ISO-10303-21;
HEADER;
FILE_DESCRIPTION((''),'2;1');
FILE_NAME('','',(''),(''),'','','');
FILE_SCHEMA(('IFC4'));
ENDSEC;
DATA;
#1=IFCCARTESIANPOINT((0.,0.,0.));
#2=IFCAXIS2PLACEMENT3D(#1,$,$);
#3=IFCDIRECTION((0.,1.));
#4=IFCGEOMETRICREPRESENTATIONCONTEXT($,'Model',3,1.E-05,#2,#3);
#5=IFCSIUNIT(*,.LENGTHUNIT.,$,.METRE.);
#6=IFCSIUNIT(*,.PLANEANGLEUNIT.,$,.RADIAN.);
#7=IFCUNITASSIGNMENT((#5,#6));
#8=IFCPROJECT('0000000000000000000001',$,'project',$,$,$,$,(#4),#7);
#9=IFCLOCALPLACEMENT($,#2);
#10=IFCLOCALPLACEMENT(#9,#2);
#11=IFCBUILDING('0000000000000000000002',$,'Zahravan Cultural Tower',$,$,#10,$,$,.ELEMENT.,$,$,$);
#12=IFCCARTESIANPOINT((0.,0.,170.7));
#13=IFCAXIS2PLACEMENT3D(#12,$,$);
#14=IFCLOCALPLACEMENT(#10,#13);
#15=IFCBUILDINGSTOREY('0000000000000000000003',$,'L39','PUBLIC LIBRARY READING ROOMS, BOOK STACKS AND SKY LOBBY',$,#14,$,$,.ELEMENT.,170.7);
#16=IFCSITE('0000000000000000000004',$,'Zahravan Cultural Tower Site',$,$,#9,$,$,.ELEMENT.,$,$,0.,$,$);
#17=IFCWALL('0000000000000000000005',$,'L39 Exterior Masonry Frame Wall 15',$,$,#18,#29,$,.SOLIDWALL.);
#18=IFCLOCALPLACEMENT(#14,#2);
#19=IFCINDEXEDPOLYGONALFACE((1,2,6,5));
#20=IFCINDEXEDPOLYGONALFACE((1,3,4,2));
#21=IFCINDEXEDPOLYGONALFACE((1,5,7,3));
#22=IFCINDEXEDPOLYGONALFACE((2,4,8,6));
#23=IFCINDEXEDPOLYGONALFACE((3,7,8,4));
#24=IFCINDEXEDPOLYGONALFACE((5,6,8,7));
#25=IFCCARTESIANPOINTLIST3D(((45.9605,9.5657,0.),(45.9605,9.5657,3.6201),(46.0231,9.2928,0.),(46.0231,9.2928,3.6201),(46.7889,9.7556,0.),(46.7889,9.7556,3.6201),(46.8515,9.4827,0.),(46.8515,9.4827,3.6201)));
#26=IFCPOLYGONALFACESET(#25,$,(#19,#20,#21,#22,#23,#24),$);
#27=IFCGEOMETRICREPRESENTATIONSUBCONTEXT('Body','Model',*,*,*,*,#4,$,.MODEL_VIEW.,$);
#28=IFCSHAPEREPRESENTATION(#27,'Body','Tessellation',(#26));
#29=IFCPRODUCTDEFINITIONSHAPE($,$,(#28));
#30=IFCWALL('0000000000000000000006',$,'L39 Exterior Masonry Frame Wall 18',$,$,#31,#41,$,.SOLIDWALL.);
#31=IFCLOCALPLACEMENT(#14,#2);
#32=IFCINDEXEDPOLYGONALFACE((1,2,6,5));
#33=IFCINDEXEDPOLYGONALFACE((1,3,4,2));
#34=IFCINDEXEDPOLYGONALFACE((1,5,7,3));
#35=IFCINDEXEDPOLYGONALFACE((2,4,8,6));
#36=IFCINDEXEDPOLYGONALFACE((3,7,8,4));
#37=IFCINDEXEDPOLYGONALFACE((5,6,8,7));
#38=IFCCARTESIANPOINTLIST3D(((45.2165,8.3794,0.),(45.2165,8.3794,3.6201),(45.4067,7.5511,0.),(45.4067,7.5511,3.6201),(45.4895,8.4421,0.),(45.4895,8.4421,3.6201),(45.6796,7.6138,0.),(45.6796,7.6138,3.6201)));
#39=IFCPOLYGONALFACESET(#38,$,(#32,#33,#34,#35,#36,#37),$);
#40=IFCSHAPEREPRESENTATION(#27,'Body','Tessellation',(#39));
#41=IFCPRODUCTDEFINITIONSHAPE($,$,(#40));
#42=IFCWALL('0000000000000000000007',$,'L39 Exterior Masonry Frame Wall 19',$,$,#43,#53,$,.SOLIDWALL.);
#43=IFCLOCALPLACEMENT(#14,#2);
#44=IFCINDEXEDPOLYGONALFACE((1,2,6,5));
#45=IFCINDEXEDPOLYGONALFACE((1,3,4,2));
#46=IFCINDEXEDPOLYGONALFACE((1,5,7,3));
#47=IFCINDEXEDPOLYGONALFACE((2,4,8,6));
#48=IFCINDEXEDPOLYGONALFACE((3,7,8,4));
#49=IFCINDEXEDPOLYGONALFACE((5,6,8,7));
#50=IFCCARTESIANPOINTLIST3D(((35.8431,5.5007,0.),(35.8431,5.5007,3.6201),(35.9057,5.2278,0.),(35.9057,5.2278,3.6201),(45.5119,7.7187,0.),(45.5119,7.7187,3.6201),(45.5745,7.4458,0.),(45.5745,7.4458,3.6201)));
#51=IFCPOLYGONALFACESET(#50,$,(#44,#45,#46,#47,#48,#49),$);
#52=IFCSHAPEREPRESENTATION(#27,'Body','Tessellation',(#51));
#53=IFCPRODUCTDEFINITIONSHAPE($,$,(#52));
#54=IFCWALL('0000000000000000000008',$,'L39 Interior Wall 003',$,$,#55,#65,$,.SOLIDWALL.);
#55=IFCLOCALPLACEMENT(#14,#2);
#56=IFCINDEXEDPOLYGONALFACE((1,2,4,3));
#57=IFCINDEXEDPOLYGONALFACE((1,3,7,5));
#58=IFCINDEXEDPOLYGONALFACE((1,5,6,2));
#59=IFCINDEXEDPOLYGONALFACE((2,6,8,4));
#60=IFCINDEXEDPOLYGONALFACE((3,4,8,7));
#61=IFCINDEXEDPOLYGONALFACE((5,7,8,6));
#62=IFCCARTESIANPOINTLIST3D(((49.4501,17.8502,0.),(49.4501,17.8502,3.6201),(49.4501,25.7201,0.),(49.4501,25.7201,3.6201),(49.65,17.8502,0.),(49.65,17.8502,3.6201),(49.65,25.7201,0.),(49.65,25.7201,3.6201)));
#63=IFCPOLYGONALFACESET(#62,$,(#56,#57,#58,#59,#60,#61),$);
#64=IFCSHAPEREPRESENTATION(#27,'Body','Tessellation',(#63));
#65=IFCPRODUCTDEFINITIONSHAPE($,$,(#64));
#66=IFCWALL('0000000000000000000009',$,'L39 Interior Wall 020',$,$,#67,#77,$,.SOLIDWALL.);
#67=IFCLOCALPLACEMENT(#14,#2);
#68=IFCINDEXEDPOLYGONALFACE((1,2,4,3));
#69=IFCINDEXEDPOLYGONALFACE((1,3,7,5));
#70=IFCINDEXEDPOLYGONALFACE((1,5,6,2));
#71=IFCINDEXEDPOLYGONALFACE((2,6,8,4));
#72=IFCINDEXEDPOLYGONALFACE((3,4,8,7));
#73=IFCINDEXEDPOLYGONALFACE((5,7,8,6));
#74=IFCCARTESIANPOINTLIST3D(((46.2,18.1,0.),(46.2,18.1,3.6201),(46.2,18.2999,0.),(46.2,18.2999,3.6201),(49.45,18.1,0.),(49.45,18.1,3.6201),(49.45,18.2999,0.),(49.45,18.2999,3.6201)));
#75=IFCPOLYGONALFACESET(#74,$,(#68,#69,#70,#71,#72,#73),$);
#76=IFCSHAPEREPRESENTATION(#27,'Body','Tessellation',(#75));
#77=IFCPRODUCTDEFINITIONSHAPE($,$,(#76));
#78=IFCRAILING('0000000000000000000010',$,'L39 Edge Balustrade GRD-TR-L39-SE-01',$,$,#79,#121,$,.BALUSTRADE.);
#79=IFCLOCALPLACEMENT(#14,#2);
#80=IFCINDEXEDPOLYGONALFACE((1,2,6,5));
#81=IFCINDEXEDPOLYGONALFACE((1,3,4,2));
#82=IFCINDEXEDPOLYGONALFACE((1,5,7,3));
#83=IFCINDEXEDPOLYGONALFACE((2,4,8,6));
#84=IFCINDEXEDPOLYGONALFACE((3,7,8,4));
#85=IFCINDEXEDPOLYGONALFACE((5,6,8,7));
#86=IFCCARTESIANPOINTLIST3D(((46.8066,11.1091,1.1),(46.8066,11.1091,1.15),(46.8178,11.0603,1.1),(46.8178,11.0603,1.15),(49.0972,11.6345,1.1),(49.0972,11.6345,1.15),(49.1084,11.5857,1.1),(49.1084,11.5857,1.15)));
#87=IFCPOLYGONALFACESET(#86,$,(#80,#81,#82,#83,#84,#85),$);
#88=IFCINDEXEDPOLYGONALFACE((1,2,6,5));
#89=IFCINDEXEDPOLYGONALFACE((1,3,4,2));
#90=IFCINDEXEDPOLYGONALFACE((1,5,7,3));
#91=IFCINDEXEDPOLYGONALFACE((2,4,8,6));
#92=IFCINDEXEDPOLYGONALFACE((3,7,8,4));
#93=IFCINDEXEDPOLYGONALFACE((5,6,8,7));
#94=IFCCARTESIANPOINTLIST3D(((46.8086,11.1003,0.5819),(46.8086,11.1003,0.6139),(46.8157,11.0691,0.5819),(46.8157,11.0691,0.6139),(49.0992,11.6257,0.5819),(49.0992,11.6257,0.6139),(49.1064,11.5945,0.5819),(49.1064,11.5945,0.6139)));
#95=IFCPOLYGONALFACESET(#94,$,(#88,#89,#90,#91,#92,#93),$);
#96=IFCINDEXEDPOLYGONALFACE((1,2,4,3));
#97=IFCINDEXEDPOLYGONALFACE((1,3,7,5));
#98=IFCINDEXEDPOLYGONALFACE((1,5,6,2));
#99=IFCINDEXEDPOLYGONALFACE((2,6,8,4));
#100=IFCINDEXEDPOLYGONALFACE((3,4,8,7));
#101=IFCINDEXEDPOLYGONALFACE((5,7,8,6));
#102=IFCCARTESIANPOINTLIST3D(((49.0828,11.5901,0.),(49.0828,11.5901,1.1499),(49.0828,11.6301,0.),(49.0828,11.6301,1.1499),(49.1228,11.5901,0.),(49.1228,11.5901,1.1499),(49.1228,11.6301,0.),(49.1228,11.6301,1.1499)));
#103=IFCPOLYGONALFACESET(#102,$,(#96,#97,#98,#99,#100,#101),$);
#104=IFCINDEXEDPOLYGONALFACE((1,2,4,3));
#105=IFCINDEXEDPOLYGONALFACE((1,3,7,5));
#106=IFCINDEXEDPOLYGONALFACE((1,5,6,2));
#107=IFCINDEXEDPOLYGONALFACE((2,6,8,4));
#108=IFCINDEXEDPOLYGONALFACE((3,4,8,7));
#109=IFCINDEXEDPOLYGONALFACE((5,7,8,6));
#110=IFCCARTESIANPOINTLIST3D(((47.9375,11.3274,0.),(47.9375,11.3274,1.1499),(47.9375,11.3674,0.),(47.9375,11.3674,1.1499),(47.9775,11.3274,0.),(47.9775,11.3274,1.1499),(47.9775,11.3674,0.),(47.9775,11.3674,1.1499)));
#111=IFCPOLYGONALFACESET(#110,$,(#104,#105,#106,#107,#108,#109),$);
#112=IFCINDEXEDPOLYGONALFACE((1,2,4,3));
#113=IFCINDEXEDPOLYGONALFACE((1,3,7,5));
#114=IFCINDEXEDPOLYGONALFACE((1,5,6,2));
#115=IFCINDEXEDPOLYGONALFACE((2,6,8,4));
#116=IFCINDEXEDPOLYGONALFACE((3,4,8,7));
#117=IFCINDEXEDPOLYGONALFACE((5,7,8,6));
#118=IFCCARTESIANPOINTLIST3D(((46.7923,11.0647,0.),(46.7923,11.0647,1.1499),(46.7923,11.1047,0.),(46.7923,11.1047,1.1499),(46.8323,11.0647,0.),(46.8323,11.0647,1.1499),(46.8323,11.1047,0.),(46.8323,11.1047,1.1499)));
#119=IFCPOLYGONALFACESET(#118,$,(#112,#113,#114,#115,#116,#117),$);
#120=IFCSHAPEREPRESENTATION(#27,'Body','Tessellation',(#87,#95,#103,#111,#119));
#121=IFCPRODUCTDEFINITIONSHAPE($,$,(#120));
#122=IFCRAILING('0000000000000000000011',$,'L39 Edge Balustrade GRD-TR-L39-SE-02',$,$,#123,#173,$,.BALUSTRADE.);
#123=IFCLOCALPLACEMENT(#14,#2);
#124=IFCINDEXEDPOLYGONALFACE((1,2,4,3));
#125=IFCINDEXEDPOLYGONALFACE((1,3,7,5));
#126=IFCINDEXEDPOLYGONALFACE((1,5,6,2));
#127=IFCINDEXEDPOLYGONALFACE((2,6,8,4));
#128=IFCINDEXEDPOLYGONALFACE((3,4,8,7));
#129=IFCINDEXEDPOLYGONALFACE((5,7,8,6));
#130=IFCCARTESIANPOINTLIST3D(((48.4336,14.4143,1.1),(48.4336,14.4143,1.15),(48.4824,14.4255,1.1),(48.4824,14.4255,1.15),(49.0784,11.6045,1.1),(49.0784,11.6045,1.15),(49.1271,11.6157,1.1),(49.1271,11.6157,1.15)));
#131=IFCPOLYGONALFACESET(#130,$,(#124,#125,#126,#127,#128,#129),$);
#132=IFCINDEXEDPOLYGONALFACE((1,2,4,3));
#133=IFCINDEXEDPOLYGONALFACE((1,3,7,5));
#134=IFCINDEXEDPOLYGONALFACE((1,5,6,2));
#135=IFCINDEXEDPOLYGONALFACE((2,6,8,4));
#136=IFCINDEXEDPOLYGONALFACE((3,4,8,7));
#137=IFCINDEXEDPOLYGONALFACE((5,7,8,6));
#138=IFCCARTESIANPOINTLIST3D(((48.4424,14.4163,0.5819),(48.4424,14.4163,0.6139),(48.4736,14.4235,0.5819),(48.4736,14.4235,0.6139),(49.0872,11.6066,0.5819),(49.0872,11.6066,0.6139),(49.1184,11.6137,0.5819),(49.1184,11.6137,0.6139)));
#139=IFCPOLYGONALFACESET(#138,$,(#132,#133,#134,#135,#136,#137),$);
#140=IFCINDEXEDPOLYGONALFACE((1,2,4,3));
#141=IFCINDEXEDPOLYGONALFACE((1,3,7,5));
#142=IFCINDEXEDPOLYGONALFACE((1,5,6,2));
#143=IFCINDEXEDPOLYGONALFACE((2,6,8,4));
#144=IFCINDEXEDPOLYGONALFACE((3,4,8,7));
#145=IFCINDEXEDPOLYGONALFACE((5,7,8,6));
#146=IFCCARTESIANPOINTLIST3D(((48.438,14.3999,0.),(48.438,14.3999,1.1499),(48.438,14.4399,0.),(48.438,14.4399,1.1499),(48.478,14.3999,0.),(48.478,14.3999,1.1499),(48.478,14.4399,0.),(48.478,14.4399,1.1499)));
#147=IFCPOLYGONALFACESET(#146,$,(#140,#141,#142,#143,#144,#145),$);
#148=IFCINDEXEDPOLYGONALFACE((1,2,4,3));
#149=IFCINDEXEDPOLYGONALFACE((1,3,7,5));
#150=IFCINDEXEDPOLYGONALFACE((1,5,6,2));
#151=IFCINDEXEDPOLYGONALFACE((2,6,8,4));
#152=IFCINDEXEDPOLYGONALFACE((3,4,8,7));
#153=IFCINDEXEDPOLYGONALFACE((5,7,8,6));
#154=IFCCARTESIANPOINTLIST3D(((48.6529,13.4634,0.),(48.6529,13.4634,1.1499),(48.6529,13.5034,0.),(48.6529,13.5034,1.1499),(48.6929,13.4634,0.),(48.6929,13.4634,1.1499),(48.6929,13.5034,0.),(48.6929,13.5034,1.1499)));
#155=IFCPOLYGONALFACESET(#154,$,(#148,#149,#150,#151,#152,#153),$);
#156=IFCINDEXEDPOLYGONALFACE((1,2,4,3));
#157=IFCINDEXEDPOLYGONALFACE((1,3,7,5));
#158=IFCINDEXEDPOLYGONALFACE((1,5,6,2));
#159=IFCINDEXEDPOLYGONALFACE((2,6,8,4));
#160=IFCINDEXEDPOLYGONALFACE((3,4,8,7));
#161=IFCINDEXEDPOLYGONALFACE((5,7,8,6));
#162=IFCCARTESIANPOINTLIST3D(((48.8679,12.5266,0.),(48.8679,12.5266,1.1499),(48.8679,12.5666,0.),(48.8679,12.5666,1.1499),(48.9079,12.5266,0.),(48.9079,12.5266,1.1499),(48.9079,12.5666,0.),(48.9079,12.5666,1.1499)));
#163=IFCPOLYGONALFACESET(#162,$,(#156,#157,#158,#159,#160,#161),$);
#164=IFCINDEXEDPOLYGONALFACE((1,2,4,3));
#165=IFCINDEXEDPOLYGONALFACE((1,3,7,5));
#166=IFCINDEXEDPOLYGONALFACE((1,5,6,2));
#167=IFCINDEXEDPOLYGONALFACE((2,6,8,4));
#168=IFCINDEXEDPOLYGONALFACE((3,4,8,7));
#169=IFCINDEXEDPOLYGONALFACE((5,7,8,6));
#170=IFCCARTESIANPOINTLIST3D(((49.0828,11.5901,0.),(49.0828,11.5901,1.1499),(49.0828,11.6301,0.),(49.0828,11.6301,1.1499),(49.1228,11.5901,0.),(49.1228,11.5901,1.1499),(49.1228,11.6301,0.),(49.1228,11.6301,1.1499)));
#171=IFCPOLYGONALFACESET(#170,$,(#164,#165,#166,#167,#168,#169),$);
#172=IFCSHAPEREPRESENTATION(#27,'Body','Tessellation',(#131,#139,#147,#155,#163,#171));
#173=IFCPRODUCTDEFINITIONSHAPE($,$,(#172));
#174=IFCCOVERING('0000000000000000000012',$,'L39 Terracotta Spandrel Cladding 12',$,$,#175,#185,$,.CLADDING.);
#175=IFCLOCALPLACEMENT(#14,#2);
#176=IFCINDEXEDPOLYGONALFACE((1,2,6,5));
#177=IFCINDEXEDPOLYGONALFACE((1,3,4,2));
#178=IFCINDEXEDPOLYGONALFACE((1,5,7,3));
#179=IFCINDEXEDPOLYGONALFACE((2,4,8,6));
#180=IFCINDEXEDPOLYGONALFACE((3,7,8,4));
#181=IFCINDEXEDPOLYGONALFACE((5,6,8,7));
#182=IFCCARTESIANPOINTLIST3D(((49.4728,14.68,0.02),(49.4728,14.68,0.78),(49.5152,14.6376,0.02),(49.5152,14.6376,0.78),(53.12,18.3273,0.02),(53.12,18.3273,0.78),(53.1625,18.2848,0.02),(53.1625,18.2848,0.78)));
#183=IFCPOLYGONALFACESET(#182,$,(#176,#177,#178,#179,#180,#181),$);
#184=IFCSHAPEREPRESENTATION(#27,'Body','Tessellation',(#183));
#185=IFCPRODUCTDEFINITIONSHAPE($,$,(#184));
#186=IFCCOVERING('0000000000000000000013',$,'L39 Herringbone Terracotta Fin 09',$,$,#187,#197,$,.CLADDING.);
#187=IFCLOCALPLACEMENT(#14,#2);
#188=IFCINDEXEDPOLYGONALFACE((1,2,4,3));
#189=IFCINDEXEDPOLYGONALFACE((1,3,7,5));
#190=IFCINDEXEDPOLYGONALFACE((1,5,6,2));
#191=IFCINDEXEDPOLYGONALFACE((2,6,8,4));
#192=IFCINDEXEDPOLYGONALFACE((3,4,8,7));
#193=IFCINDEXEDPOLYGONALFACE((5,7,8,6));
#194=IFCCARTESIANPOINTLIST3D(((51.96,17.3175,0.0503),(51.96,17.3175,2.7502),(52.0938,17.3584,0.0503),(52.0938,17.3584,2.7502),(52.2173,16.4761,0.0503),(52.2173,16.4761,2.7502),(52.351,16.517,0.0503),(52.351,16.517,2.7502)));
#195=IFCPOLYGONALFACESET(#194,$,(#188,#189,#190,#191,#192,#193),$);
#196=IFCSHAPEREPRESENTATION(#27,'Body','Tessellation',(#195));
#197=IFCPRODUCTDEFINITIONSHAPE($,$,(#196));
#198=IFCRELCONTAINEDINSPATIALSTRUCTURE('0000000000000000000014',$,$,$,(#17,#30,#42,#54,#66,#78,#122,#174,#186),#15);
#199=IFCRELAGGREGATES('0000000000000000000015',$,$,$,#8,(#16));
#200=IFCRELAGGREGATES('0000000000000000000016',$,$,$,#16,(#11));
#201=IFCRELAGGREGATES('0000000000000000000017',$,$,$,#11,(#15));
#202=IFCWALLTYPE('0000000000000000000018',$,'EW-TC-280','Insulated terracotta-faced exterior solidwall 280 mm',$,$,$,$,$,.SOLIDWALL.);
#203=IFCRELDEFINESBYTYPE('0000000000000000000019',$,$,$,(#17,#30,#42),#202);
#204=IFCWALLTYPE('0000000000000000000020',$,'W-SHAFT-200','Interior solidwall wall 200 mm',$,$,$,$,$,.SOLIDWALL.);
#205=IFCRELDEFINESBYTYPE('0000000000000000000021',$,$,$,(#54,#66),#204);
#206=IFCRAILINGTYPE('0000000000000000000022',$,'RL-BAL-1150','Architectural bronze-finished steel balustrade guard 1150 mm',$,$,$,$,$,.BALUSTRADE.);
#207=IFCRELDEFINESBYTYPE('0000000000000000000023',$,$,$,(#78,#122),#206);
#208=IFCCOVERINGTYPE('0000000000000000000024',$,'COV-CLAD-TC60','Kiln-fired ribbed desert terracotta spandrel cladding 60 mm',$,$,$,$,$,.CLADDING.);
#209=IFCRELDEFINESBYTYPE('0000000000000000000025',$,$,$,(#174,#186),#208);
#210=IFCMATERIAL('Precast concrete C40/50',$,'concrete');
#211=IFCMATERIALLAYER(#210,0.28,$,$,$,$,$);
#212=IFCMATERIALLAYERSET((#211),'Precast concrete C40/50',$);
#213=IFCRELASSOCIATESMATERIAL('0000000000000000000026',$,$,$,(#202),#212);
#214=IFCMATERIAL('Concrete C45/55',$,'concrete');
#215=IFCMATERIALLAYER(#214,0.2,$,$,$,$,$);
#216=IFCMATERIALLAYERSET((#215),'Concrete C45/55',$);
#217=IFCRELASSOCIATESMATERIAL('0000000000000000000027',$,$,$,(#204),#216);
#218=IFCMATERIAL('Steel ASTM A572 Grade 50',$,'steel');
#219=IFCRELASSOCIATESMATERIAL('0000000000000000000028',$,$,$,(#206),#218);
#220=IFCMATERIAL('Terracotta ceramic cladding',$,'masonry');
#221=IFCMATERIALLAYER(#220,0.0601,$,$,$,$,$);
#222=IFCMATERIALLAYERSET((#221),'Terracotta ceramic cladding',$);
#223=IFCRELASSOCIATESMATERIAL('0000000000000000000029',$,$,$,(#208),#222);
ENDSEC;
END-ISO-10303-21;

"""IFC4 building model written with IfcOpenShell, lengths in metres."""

from ifc_helpers import new_model, si_unit, direction, frame, frame_2d, origin, origin_2d, place, context, subcontext, project, spatial, rectangle, extrude, source, transform, mapped, material, layer, layer_set, type_object, element, save


model = new_model("IFC4")

# Units and contexts
model_context = context("Model", 3, precision=1e-05, world=origin(), true_north=direction((0.0, 1.0)))
body_context = subcontext(model_context, "Body", "Model", "MODEL_VIEW")
ifc_project = project(units=[si_unit("LENGTHUNIT", "METRE"), si_unit("PLANEANGLEUNIT", "RADIAN")], contexts=[model_context])

# Site, building, storey
site_placement = place(None, origin())
site = spatial("IfcSite", under=ifc_project, at=site_placement, Name="Zahravan Cultural Tower Site", CompositionType="ELEMENT", RefElevation=0.0)
building_placement = place(site_placement, origin())
building = spatial("IfcBuilding", under=site, at=building_placement, Name="Zahravan Cultural Tower", CompositionType="ELEMENT")
storey_placement = place(building_placement, frame((0.0, 0.0, 170.7)))
storey = spatial("IfcBuildingStorey", under=building, at=storey_placement, Name="L39", Description="PUBLIC LIBRARY READING ROOMS, BOOK STACKS AND SKY LOBBY", CompositionType="ELEMENT", Elevation=170.7)

# Shared definitions
ifc_material_1 = material(Name="Precast concrete C40/50", Category="concrete")
ifc_layer_1 = layer(ifc_material_1, 0.28)
ifc_layer_set_1 = layer_set([ifc_layer_1], Name="Precast concrete C40/50")
wall_type_1 = type_object("IfcWallType", Name="EW-TC-280", Description="Insulated terracotta-faced exterior solidwall 280 mm", PredefinedType="SOLIDWALL", material=ifc_layer_set_1)

# Shared definitions
ifc_material_2 = material(Name="Concrete C45/55", Category="concrete")
ifc_layer_2 = layer(ifc_material_2, 0.2)
ifc_layer_set_2 = layer_set([ifc_layer_2], Name="Concrete C45/55")
wall_type_2 = type_object("IfcWallType", Name="W-SHAFT-200", Description="Interior solidwall wall 200 mm", PredefinedType="SOLIDWALL", material=ifc_layer_set_2)
ifc_material_3 = material(Name="Steel ASTM A572 Grade 50", Category="steel")

# Walls
shared_shape_1 = source(origin(), body_context, "Body", "SweptSolid", [
    extrude(rectangle(XDim=0.8499, YDim=0.28, at=frame_2d((0.4248, 0.0))), origin(), (0.0, 0.0, 1.0), 3.6201),
])
for number, where, z_axis, x_axis, name in (
    (1, (46.8201, 9.6191, 0.0), (0.0, 0.0, 1.0), (-0.974705, -0.223496, 0.0), "L39 Exterior Masonry Frame Wall 15"),
    (2, (45.353, 8.4106, 0.0), (0.0, 0.0, 1.0), (0.223768, -0.974642, 0.0), "L39 Exterior Masonry Frame Wall 18"),
):
    element("IfcWall", number, at=place(storey_placement, frame(where, z_axis=z_axis, x_axis=x_axis)), inside=storey, type_object=wall_type_1, Name=name, PredefinedType="SOLIDWALL", context=body_context, shape_type="MappedRepresentation", body=[
        mapped(shared_shape_1, transform((0.0, 0.0, 0.0), x_axis=(1.0, 0.0, 0.0), y_axis=(0.0, 1.0, 0.0), z_axis=(0.0, 0.0, 1.0), scale=1.0)),
    ])
shared_shape_2 = source(origin(), body_context, "Body", "SweptSolid", [
    extrude(rectangle(XDim=9.9199, YDim=0.28, at=frame_2d((4.96, 0.0))), origin(), (0.0, 0.0, 1.0), 3.6201),
])
wall_1_placement = place(storey_placement, frame((45.5432, 7.5823, 0.0), z_axis=(0.0, 0.0, 1.0), x_axis=(-0.974682, -0.223594, 0.0)))
element("IfcWall", 3, at=wall_1_placement, inside=storey, type_object=wall_type_1, Name="L39 Exterior Masonry Frame Wall 19", PredefinedType="SOLIDWALL", context=body_context, shape_type="MappedRepresentation", body=[
    mapped(shared_shape_2, transform((0.0, 0.0, 0.0), x_axis=(1.0, 0.0, 0.0), y_axis=(0.0, 1.0, 0.0), z_axis=(0.0, 0.0, 1.0), scale=1.0)),
])
shared_shape_3 = source(origin(), body_context, "Body", "SweptSolid", [
    extrude(rectangle(XDim=7.8699, YDim=0.2, at=frame_2d((3.9351, 0.0))), origin(), (0.0, 0.0, 1.0), 3.6201),
])
wall_2_placement = place(storey_placement, frame((49.55, 17.8501, 0.0), z_axis=(0.0, 0.0, 1.0), x_axis=(0.0, 1.0, 0.0)))
element("IfcWall", 4, at=wall_2_placement, inside=storey, type_object=wall_type_2, Name="L39 Interior Wall 003", PredefinedType="SOLIDWALL", context=body_context, shape_type="MappedRepresentation", body=[
    mapped(shared_shape_3, transform((0.0, 0.0, 0.0), x_axis=(1.0, 0.0, 0.0), y_axis=(0.0, 1.0, 0.0), z_axis=(0.0, 0.0, 1.0), scale=1.0)),
])
shared_shape_4 = source(origin(), body_context, "Body", "SweptSolid", [
    extrude(rectangle(XDim=3.25, YDim=0.2, at=frame_2d((1.625, 0.0))), origin(), (0.0, 0.0, 1.0), 3.6201),
])
wall_3_placement = place(storey_placement, frame((46.2, 18.2, 0.0), z_axis=(0.0, 0.0, 1.0), x_axis=(1.0, 0.0, 0.0)))
element("IfcWall", 5, at=wall_3_placement, inside=storey, type_object=wall_type_2, Name="L39 Interior Wall 020", PredefinedType="SOLIDWALL", context=body_context, shape_type="MappedRepresentation", body=[
    mapped(shared_shape_4, transform((0.0, 0.0, 0.0), x_axis=(1.0, 0.0, 0.0), y_axis=(0.0, 1.0, 0.0), z_axis=(0.0, 0.0, 1.0), scale=1.0)),
])

# Railings
railing_type = type_object("IfcRailingType", Name="RL-BAL-1150", Description="Architectural bronze-finished steel balustrade guard 1150 mm", PredefinedType="BALUSTRADE", material=ifc_material_3)
railing_1_placement = place(storey_placement, frame((49.1028, 11.6101, 0.0)))
element("IfcRailing", 6, at=railing_1_placement, inside=storey, type_object=railing_type, Name="L39 Edge Balustrade GRD-TR-L39-SE-01", PredefinedType="BALUSTRADE", context=body_context, shape_type="SweptSolid", body=[
    extrude(rectangle(XDim=0.05, YDim=0.05, at=origin_2d()), frame((0.0, 0.0, 1.125), z_axis=(-0.974688, -0.223569, 0.0), x_axis=(0.223569, -0.974688, 0.0)), (0.0, 0.0, 1.0), 2.3501),
    extrude(rectangle(XDim=0.032, YDim=0.032, at=origin_2d()), frame((0.0, 0.0, 0.5979), z_axis=(-0.974688, -0.223569, 0.0), x_axis=(0.223569, -0.974688, 0.0)), (0.0, 0.0, 1.0), 2.3501),
    extrude(rectangle(XDim=0.04, YDim=0.04, at=origin_2d()), origin(), (0.0, 0.0, 1.0), 1.1499),
    extrude(rectangle(XDim=0.04, YDim=0.04, at=origin_2d()), frame((-1.1453, -0.2627, 0.0)), (0.0, 0.0, 1.0), 1.1499),
    extrude(rectangle(XDim=0.04, YDim=0.04, at=origin_2d()), frame((-2.2905, -0.5254, 0.0)), (0.0, 0.0, 1.0), 1.1499),
])
railing_2_placement = place(storey_placement, frame((48.458, 14.4199, 0.0)))
element("IfcRailing", 7, at=railing_2_placement, inside=storey, type_object=railing_type, Name="L39 Edge Balustrade GRD-TR-L39-SE-02", PredefinedType="BALUSTRADE", context=body_context, shape_type="SweptSolid", body=[
    extrude(rectangle(XDim=0.05, YDim=0.05, at=origin_2d()), frame((0.0, 0.0, 1.125), z_axis=(0.223659, -0.974667, 0.0), x_axis=(0.974667, 0.223659, 0.0)), (0.0, 0.0, 1.0), 2.8828),
    extrude(rectangle(XDim=0.032, YDim=0.032, at=origin_2d()), frame((0.0, 0.0, 0.5979), z_axis=(0.223659, -0.974667, 0.0), x_axis=(0.974667, 0.223659, 0.0)), (0.0, 0.0, 1.0), 2.8828),
    extrude(rectangle(XDim=0.04, YDim=0.04, at=origin_2d()), origin(), (0.0, 0.0, 1.0), 1.1499),
    extrude(rectangle(XDim=0.04, YDim=0.04, at=origin_2d()), frame((0.2148, -0.9365, 0.0)), (0.0, 0.0, 1.0), 1.1499),
    extrude(rectangle(XDim=0.04, YDim=0.04, at=origin_2d()), frame((0.4299, -1.8733, 0.0)), (0.0, 0.0, 1.0), 1.1499),
    extrude(rectangle(XDim=0.04, YDim=0.04, at=origin_2d()), frame((0.6448, -2.8098, 0.0)), (0.0, 0.0, 1.0), 1.1499),
])

# Coverings
ifc_material_4 = material(Name="Terracotta ceramic cladding", Category="masonry")
ifc_layer_3 = layer(ifc_material_4, 0.0601)
ifc_layer_set_3 = layer_set([ifc_layer_3], Name="Terracotta ceramic cladding")
covering_type = type_object("IfcCoveringType", Name="COV-CLAD-TC60", Description="Kiln-fired ribbed desert terracotta spandrel cladding 60 mm", PredefinedType="CLADDING", material=ifc_layer_set_3)
shared_shape_5 = source(origin(), body_context, "Body", "SweptSolid", [
    extrude(rectangle(XDim=5.158, YDim=0.0601, at=origin_2d()), origin(), (0.0, 0.0, 1.0), 0.76),
])
covering_1_placement = place(storey_placement, frame((51.3176, 16.4824, 0.02), z_axis=(0.0, 0.0, 1.0), x_axis=(-0.707107, -0.707107, 0.0)))
element("IfcCovering", 8, at=covering_1_placement, inside=storey, type_object=covering_type, Name="L39 Terracotta Spandrel Cladding 12", PredefinedType="CLADDING", context=body_context, shape_type="MappedRepresentation", body=[
    mapped(shared_shape_5, transform((0.0, 0.0, 0.0), x_axis=(1.0, 0.0, 0.0), y_axis=(0.0, 1.0, 0.0), z_axis=(0.0, 0.0, 1.0), scale=1.0)),
])
shared_shape_6 = source(origin(), body_context, "Body", "SweptSolid", [
    extrude(rectangle(XDim=0.8799, YDim=0.1399, at=origin_2d()), origin(), (0.0, 0.0, 1.0), 2.7),
])
for number, where, z_axis, x_axis, name in (
    (9, (52.1555, 16.9172, 0.0503), (0.0, 0.0, 1.0), (0.292372, -0.956305, 0.0), "L39 Herringbone Terracotta Fin 09"),
):
    element("IfcCovering", number, at=place(storey_placement, frame(where, z_axis=z_axis, x_axis=x_axis)), inside=storey, type_object=covering_type, Name=name, PredefinedType="CLADDING", context=body_context, shape_type="MappedRepresentation", body=[
        mapped(shared_shape_6, transform((0.0, 0.0, 0.0), x_axis=(1.0, 0.0, 0.0), y_axis=(0.0, 1.0, 0.0), z_axis=(0.0, 0.0, 1.0), scale=1.0)),
    ])

save(model, "model.ifc")
